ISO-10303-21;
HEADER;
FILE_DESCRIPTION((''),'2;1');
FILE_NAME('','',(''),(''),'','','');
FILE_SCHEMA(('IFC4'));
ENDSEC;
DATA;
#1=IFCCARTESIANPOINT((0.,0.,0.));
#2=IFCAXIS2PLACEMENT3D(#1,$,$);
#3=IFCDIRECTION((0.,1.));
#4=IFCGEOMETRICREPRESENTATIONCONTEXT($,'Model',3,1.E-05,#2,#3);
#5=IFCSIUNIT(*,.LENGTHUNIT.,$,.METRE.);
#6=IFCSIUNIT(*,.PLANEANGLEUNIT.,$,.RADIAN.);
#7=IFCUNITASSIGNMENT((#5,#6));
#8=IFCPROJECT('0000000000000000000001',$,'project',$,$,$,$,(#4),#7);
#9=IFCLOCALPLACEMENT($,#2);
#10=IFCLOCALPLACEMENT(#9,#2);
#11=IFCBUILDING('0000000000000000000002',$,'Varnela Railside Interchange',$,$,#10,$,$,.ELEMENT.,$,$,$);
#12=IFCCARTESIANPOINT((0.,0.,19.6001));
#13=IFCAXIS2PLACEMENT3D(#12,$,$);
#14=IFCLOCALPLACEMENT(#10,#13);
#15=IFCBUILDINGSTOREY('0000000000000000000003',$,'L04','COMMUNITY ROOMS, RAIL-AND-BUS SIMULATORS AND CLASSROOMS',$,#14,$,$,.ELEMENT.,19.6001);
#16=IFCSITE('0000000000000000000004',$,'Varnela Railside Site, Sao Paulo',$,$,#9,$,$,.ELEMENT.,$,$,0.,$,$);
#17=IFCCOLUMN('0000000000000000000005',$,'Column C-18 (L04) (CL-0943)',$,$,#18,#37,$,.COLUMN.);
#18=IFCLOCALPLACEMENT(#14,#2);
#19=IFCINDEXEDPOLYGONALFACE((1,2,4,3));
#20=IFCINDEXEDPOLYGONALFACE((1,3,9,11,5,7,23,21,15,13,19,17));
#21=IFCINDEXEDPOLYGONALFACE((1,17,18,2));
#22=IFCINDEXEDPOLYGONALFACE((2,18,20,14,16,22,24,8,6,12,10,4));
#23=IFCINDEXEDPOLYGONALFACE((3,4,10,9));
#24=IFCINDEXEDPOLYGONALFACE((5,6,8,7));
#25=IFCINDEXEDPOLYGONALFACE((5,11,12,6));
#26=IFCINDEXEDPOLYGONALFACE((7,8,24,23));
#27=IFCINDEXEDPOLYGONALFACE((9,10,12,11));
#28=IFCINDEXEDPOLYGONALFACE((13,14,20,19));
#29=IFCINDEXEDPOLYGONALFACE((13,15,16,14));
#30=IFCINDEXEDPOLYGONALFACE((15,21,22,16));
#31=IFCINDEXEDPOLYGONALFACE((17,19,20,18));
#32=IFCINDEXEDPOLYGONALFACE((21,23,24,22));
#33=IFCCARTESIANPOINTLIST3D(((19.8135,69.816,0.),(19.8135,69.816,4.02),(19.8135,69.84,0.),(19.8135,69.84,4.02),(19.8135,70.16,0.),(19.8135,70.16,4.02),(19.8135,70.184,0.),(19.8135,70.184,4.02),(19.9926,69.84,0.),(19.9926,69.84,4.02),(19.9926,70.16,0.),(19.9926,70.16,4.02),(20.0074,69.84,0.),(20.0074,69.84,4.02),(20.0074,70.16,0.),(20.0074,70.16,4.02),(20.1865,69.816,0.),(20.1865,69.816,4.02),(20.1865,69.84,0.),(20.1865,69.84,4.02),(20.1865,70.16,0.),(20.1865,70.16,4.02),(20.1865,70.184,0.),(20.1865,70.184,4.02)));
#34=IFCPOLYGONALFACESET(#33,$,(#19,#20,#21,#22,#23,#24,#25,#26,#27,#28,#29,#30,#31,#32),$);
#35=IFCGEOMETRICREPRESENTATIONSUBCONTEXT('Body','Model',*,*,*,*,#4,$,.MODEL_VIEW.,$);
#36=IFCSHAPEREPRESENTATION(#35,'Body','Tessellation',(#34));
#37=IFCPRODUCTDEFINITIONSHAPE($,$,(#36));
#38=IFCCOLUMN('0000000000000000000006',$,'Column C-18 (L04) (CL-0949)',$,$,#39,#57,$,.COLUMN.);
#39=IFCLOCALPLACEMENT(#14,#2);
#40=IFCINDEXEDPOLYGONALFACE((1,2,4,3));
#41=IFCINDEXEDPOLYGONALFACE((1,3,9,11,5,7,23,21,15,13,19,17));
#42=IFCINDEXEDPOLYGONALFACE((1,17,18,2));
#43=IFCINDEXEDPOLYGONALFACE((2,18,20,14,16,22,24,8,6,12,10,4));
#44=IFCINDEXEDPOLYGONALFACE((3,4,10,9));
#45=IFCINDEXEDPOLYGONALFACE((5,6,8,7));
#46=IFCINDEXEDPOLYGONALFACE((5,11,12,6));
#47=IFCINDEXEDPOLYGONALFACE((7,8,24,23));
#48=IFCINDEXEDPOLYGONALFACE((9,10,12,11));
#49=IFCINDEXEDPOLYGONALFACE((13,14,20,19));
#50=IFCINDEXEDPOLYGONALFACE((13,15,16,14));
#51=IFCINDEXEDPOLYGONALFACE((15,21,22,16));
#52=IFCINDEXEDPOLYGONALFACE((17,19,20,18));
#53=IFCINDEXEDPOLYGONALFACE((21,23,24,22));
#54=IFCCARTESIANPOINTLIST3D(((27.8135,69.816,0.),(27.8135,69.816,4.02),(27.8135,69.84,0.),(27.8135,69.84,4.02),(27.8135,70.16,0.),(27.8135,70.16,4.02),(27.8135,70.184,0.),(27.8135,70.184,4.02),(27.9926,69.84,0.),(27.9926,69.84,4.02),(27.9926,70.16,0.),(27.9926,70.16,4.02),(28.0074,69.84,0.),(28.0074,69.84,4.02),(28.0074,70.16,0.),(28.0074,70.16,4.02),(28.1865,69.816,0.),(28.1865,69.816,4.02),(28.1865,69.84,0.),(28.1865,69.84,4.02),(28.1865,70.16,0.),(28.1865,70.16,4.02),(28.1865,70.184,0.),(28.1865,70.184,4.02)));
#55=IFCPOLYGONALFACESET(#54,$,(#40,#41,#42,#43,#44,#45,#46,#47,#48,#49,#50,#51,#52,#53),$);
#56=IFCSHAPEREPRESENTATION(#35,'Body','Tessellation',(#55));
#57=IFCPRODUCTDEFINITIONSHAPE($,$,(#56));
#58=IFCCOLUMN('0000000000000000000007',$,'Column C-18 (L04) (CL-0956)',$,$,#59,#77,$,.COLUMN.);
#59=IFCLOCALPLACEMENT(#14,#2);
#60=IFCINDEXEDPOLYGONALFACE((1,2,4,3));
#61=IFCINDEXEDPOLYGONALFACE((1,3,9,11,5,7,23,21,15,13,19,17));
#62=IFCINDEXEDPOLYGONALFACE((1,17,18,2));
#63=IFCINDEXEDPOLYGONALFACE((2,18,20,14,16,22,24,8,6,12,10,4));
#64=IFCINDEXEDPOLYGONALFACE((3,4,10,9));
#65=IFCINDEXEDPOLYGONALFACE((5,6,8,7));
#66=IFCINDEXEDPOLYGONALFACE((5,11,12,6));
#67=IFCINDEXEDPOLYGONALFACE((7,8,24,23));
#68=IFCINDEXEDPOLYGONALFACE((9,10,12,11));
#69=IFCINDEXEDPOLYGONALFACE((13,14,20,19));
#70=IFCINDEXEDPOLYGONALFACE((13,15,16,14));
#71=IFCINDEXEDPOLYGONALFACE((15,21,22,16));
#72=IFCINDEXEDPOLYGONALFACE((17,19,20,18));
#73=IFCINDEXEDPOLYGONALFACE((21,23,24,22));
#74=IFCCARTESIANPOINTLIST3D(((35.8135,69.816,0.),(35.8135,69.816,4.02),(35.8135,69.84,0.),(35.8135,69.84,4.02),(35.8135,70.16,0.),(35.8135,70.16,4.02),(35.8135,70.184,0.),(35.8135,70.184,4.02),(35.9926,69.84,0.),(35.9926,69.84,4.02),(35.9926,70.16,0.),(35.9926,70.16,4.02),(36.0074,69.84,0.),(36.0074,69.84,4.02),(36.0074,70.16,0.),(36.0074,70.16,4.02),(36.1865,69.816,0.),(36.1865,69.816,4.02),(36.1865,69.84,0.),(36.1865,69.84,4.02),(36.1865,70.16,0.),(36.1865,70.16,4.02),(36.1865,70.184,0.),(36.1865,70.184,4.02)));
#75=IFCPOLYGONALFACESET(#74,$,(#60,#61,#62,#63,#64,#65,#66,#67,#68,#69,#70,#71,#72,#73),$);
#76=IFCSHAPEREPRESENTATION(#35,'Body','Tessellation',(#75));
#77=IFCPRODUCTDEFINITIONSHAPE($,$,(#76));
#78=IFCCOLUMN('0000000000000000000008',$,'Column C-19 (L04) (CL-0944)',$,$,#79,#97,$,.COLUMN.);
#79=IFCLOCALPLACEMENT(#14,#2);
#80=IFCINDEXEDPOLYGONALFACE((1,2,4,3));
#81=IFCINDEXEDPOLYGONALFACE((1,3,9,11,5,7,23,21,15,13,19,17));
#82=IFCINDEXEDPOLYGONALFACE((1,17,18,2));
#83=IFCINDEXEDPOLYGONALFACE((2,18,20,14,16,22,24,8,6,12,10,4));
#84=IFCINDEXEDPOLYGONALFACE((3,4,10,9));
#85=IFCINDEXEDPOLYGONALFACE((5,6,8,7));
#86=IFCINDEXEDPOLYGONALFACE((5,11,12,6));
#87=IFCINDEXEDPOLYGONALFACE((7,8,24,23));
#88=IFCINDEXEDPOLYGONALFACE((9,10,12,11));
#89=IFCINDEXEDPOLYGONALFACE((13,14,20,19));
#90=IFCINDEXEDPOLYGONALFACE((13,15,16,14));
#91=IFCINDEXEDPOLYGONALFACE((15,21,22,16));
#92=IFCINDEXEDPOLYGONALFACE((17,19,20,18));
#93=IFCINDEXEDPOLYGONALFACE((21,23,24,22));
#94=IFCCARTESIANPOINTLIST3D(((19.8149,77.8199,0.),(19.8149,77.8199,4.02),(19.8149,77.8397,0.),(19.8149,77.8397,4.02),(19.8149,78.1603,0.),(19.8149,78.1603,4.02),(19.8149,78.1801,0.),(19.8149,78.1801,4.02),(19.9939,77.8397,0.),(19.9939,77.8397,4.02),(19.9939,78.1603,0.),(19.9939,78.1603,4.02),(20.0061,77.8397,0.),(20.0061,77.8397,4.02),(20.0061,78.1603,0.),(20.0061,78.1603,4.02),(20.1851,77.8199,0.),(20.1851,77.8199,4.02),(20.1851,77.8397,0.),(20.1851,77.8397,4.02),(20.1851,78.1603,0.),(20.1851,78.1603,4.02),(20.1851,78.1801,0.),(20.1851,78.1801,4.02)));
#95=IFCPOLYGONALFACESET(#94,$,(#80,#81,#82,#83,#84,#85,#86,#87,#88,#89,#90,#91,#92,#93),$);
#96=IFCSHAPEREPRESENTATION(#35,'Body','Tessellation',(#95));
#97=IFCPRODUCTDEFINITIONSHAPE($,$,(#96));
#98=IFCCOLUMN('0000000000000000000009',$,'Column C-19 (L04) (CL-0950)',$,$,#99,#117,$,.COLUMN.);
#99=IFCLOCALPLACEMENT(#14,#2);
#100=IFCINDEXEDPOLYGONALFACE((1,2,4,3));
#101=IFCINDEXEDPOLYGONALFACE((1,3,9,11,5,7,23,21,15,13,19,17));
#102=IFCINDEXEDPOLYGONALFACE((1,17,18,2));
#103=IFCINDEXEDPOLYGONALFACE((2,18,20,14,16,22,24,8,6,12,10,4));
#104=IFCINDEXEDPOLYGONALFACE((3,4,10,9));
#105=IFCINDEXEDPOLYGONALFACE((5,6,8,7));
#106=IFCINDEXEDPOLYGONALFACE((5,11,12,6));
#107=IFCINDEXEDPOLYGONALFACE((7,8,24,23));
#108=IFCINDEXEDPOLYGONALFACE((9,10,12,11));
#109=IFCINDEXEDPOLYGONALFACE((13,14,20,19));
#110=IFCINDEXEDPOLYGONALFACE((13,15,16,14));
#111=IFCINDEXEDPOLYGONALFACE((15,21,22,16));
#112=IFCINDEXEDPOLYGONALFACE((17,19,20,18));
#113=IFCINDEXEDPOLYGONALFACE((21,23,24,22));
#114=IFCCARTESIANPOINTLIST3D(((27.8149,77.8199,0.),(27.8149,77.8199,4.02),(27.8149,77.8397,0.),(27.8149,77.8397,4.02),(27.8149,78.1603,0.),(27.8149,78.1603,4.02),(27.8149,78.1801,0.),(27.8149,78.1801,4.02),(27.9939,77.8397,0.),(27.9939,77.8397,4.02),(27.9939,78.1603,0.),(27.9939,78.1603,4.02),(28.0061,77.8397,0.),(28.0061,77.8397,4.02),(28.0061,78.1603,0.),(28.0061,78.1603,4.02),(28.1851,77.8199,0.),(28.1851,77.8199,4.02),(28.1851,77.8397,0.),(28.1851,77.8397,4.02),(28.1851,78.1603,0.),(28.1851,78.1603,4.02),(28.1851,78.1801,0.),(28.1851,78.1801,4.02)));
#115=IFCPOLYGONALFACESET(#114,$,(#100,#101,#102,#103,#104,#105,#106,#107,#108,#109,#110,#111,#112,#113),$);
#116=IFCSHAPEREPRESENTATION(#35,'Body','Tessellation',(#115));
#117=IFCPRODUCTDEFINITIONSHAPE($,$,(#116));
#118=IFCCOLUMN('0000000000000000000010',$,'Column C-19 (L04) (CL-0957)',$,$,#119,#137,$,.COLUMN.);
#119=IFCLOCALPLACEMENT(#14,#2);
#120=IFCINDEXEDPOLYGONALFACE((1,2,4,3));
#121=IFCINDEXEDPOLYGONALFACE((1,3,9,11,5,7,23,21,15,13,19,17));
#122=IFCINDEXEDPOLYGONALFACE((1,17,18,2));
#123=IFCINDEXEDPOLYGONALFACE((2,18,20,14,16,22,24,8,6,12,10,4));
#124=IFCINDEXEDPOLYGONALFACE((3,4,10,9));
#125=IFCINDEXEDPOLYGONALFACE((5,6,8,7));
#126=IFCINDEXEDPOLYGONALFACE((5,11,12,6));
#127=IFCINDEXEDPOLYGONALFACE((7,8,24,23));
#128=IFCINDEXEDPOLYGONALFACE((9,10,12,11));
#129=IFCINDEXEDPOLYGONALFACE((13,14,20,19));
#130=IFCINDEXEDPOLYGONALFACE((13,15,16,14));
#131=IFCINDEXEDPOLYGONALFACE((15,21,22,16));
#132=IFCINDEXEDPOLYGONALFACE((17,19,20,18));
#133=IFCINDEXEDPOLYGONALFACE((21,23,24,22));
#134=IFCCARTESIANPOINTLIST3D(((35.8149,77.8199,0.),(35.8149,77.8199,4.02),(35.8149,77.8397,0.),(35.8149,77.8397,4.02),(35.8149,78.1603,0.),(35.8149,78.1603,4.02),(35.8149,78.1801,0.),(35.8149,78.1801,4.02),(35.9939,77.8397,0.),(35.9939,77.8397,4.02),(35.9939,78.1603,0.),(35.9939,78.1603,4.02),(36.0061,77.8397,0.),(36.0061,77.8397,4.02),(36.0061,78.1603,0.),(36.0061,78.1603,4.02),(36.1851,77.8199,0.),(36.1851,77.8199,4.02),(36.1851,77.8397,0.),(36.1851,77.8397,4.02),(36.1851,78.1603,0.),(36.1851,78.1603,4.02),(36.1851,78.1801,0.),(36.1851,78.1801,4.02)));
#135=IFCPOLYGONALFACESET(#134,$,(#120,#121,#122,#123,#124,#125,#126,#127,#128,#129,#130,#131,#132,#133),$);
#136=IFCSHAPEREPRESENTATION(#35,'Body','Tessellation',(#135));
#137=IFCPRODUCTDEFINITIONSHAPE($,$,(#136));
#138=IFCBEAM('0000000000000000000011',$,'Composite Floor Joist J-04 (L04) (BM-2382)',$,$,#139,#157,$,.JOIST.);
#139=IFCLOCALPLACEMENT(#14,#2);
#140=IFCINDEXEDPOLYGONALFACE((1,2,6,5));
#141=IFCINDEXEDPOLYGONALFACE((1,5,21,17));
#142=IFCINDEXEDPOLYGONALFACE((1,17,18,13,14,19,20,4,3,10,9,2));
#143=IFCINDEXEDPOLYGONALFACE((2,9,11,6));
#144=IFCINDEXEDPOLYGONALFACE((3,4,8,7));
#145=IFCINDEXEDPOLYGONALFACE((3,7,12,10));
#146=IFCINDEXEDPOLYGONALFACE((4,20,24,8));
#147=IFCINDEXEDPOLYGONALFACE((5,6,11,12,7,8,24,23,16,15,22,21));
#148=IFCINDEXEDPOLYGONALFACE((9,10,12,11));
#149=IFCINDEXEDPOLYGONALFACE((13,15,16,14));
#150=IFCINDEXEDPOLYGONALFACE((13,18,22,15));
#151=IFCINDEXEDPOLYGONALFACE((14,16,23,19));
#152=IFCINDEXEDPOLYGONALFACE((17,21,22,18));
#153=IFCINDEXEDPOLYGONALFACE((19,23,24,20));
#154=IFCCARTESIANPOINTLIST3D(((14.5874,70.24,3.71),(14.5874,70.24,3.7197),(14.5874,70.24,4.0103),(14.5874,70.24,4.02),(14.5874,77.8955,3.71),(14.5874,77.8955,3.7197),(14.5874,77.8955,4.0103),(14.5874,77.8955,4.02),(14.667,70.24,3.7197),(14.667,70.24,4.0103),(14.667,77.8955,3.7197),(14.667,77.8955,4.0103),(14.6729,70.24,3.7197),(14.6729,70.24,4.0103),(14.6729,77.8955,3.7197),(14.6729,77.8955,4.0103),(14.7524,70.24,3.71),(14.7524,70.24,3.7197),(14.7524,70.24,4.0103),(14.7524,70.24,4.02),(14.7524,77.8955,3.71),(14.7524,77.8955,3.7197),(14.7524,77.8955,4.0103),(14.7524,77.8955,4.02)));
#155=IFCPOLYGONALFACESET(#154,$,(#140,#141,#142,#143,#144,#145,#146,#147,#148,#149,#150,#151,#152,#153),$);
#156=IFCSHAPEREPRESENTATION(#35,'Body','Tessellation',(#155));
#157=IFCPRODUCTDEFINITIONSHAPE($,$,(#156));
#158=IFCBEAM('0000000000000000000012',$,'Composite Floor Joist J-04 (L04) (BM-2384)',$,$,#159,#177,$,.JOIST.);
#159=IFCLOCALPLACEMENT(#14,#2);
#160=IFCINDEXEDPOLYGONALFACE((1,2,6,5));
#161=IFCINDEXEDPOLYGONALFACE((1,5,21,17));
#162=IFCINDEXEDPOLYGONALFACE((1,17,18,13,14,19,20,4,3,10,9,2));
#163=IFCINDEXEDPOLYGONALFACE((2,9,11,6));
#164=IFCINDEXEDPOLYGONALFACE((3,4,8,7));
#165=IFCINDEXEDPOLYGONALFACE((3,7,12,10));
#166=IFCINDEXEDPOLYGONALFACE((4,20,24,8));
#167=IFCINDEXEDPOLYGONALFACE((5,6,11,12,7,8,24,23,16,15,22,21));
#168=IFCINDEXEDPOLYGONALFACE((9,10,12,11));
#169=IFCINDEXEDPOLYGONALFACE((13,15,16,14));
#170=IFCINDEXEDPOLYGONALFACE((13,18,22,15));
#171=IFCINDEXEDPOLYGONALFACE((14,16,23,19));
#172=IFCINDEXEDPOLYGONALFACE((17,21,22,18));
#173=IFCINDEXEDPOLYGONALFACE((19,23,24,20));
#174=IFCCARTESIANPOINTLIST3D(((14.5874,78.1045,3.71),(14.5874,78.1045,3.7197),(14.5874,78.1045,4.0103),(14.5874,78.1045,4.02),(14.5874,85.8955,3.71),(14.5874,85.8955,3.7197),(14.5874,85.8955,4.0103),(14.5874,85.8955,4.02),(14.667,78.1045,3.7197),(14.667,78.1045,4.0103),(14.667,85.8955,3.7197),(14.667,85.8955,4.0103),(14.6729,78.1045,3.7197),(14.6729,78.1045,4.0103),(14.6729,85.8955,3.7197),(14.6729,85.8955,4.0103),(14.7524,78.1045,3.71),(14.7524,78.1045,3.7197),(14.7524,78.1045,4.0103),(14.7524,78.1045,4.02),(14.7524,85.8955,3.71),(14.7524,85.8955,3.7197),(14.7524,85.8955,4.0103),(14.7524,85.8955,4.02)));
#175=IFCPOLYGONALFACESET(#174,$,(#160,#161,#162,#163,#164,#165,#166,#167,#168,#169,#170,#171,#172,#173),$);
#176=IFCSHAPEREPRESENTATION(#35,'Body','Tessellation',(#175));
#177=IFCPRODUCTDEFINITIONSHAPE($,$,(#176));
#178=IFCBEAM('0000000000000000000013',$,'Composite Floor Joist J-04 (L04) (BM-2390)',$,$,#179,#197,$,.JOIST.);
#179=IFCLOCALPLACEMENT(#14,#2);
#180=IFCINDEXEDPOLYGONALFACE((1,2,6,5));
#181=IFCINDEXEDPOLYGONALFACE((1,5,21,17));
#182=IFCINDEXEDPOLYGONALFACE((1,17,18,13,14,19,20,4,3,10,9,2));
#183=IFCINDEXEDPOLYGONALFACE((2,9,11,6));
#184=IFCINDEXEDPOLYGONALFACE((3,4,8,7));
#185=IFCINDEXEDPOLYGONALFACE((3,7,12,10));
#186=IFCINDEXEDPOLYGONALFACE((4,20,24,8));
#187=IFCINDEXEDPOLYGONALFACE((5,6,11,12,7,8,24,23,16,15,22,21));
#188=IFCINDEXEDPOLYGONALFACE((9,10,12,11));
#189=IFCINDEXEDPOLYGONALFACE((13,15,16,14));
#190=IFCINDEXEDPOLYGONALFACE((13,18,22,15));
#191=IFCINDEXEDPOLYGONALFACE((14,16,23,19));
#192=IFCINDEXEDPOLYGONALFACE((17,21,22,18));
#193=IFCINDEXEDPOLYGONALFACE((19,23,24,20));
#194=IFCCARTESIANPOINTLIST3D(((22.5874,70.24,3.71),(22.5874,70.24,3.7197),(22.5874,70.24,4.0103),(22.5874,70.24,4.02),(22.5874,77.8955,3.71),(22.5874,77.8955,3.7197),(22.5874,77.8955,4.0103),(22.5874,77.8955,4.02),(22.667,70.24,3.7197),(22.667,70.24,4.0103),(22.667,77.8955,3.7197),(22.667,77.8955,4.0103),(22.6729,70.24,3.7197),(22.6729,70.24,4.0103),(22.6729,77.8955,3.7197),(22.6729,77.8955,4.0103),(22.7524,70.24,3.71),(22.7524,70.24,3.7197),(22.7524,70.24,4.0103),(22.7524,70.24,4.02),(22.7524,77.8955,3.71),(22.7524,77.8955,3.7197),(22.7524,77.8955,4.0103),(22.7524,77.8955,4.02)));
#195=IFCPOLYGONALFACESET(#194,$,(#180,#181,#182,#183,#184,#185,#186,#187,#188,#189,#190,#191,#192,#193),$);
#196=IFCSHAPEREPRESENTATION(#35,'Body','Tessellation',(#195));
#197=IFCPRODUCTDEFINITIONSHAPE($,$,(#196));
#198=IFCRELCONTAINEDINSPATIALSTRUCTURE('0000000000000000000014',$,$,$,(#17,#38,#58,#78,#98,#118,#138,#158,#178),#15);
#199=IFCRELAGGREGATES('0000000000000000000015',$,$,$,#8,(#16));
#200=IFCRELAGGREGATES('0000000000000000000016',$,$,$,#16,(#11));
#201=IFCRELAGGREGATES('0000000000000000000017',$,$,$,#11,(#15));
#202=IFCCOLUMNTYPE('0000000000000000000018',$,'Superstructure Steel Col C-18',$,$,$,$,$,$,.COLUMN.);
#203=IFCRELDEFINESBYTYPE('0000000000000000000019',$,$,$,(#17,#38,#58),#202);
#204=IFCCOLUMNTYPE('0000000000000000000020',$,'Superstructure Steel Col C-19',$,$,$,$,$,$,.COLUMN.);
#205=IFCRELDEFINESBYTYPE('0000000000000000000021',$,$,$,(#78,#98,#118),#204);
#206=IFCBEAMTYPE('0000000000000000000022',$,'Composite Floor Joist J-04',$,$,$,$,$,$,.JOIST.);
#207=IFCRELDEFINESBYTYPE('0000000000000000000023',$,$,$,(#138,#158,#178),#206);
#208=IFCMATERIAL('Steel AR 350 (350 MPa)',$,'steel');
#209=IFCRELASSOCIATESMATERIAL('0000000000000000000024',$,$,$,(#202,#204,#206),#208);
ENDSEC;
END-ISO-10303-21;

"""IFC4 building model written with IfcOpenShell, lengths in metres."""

from ifc_helpers import new_model, si_unit, direction, frame, origin, origin_2d, place, context, subcontext, project, spatial, i_section, extrude, material, material_profile, profile_set, type_object, element, save


model = new_model("IFC4")

# Units and contexts
model_context = context("Model", 3, precision=1e-05, world=origin(), true_north=direction((0.0, 1.0)))
body_context = subcontext(model_context, "Body", "Model", "MODEL_VIEW")
ifc_project = project(units=[si_unit("LENGTHUNIT", "METRE"), si_unit("PLANEANGLEUNIT", "RADIAN")], contexts=[model_context])

# Site, building, storey
site_placement = place(None, origin())
site = spatial("IfcSite", under=ifc_project, at=site_placement, Name="Varnela Railside Site, Sao Paulo", CompositionType="ELEMENT", RefElevation=0.0)
building_placement = place(site_placement, origin())
building = spatial("IfcBuilding", under=site, at=building_placement, Name="Varnela Railside Interchange", CompositionType="ELEMENT")
storey_placement = place(building_placement, frame((0.0, 0.0, 19.6001)))
storey = spatial("IfcBuildingStorey", under=building, at=storey_placement, Name="L04", Description="COMMUNITY ROOMS, RAIL-AND-BUS SIMULATORS AND CLASSROOMS", CompositionType="ELEMENT", Elevation=19.6001)

# Columns
ifc_material_1 = material(Name="Steel AR 350 (350 MPa)", Category="steel")
ifc_material_profile_1 = material_profile(ifc_material_1, i_section(OverallWidth=0.373, OverallDepth=0.3679, WebThickness=0.0149, FlangeThickness=0.0239, at=origin_2d()), Name="W360x179")
ifc_profile_set_1 = profile_set([ifc_material_profile_1], Name="Steel AR 350 (350 MPa)")
column_type_1 = type_object("IfcColumnType", Name="Superstructure Steel Col C-18", PredefinedType="COLUMN", material=ifc_profile_set_1)
for number, where, z_axis, x_axis, name in (
    (1, (20.0, 70.0, 0.0), (0.0, 0.0, 1.0), (1.0, 0.0, 0.0), "Column C-18 (L04) (CL-0943)"),
    (2, (28.0, 70.0, 0.0), (0.0, 0.0, 1.0), (1.0, 0.0, 0.0), "Column C-18 (L04) (CL-0949)"),
    (3, (36.0, 70.0, 0.0), (0.0, 0.0, 1.0), (1.0, 0.0, 0.0), "Column C-18 (L04) (CL-0956)"),
):
    element("IfcColumn", number, at=place(storey_placement, frame(where, z_axis=z_axis, x_axis=x_axis)), inside=storey, type_object=column_type_1, Name=name, PredefinedType="COLUMN", context=body_context, shape_type="SweptSolid", body=[
        extrude(i_section(OverallWidth=0.373, OverallDepth=0.3679, WebThickness=0.0149, FlangeThickness=0.0239, at=origin_2d()), origin(), (0.0, 0.0, 1.0), 4.02),
    ])
ifc_material_profile_2 = material_profile(ifc_material_1, i_section(OverallWidth=0.3701, OverallDepth=0.3601, WebThickness=0.0122, FlangeThickness=0.0198, at=origin_2d()), Name="W360x147")
ifc_profile_set_2 = profile_set([ifc_material_profile_2], Name="Steel AR 350 (350 MPa)")
column_type_2 = type_object("IfcColumnType", Name="Superstructure Steel Col C-19", PredefinedType="COLUMN", material=ifc_profile_set_2)
for number, where, z_axis, x_axis, name in (
    (4, (20.0, 78.0, 0.0), (0.0, 0.0, 1.0), (1.0, 0.0, 0.0), "Column C-19 (L04) (CL-0944)"),
    (5, (28.0, 78.0, 0.0), (0.0, 0.0, 1.0), (1.0, 0.0, 0.0), "Column C-19 (L04) (CL-0950)"),
    (6, (36.0, 78.0, 0.0), (0.0, 0.0, 1.0), (1.0, 0.0, 0.0), "Column C-19 (L04) (CL-0957)"),
):
    element("IfcColumn", number, at=place(storey_placement, frame(where, z_axis=z_axis, x_axis=x_axis)), inside=storey, type_object=column_type_2, Name=name, PredefinedType="COLUMN", context=body_context, shape_type="SweptSolid", body=[
        extrude(i_section(OverallWidth=0.3701, OverallDepth=0.3601, WebThickness=0.0122, FlangeThickness=0.0198, at=origin_2d()), origin(), (0.0, 0.0, 1.0), 4.02),
    ])

# Beams
ifc_material_profile_3 = material_profile(ifc_material_1, i_section(OverallWidth=0.165, OverallDepth=0.3101, WebThickness=0.0059, FlangeThickness=0.0098, at=origin_2d()), Name="W310x38.7")
ifc_profile_set_3 = profile_set([ifc_material_profile_3], Name="Steel AR 350 (350 MPa)")
beam_type_1 = type_object("IfcBeamType", Name="Composite Floor Joist J-04", PredefinedType="JOIST", material=ifc_profile_set_3)
beam_1_placement = place(storey_placement, frame((14.6699, 70.24, 3.865), z_axis=(0.0, 1.0, 0.0), x_axis=(-1.0, 0.0, 0.0)))
element("IfcBeam", 7, at=beam_1_placement, inside=storey, type_object=beam_type_1, Name="Composite Floor Joist J-04 (L04) (BM-2382)", PredefinedType="JOIST", context=body_context, shape_type="SweptSolid", body=[
    extrude(i_section(OverallWidth=0.165, OverallDepth=0.3101, WebThickness=0.0059, FlangeThickness=0.0098, at=origin_2d()), origin(), (0.0, 0.0, 1.0), 7.6555),
])
beam_2_placement = place(storey_placement, frame((14.6699, 78.1045, 3.865), z_axis=(0.0, 1.0, 0.0), x_axis=(-1.0, 0.0, 0.0)))
element("IfcBeam", 8, at=beam_2_placement, inside=storey, type_object=beam_type_1, Name="Composite Floor Joist J-04 (L04) (BM-2384)", PredefinedType="JOIST", context=body_context, shape_type="SweptSolid", body=[
    extrude(i_section(OverallWidth=0.165, OverallDepth=0.3101, WebThickness=0.0059, FlangeThickness=0.0098, at=origin_2d()), origin(), (0.0, 0.0, 1.0), 7.791),
])
beam_3_placement = place(storey_placement, frame((22.6699, 70.24, 3.865), z_axis=(0.0, 1.0, 0.0), x_axis=(-1.0, 0.0, 0.0)))
element("IfcBeam", 9, at=beam_3_placement, inside=storey, type_object=beam_type_1, Name="Composite Floor Joist J-04 (L04) (BM-2390)", PredefinedType="JOIST", context=body_context, shape_type="SweptSolid", body=[
    extrude(i_section(OverallWidth=0.165, OverallDepth=0.3101, WebThickness=0.0059, FlangeThickness=0.0098, at=origin_2d()), origin(), (0.0, 0.0, 1.0), 7.6555),
])

save(model, "model.ifc")
